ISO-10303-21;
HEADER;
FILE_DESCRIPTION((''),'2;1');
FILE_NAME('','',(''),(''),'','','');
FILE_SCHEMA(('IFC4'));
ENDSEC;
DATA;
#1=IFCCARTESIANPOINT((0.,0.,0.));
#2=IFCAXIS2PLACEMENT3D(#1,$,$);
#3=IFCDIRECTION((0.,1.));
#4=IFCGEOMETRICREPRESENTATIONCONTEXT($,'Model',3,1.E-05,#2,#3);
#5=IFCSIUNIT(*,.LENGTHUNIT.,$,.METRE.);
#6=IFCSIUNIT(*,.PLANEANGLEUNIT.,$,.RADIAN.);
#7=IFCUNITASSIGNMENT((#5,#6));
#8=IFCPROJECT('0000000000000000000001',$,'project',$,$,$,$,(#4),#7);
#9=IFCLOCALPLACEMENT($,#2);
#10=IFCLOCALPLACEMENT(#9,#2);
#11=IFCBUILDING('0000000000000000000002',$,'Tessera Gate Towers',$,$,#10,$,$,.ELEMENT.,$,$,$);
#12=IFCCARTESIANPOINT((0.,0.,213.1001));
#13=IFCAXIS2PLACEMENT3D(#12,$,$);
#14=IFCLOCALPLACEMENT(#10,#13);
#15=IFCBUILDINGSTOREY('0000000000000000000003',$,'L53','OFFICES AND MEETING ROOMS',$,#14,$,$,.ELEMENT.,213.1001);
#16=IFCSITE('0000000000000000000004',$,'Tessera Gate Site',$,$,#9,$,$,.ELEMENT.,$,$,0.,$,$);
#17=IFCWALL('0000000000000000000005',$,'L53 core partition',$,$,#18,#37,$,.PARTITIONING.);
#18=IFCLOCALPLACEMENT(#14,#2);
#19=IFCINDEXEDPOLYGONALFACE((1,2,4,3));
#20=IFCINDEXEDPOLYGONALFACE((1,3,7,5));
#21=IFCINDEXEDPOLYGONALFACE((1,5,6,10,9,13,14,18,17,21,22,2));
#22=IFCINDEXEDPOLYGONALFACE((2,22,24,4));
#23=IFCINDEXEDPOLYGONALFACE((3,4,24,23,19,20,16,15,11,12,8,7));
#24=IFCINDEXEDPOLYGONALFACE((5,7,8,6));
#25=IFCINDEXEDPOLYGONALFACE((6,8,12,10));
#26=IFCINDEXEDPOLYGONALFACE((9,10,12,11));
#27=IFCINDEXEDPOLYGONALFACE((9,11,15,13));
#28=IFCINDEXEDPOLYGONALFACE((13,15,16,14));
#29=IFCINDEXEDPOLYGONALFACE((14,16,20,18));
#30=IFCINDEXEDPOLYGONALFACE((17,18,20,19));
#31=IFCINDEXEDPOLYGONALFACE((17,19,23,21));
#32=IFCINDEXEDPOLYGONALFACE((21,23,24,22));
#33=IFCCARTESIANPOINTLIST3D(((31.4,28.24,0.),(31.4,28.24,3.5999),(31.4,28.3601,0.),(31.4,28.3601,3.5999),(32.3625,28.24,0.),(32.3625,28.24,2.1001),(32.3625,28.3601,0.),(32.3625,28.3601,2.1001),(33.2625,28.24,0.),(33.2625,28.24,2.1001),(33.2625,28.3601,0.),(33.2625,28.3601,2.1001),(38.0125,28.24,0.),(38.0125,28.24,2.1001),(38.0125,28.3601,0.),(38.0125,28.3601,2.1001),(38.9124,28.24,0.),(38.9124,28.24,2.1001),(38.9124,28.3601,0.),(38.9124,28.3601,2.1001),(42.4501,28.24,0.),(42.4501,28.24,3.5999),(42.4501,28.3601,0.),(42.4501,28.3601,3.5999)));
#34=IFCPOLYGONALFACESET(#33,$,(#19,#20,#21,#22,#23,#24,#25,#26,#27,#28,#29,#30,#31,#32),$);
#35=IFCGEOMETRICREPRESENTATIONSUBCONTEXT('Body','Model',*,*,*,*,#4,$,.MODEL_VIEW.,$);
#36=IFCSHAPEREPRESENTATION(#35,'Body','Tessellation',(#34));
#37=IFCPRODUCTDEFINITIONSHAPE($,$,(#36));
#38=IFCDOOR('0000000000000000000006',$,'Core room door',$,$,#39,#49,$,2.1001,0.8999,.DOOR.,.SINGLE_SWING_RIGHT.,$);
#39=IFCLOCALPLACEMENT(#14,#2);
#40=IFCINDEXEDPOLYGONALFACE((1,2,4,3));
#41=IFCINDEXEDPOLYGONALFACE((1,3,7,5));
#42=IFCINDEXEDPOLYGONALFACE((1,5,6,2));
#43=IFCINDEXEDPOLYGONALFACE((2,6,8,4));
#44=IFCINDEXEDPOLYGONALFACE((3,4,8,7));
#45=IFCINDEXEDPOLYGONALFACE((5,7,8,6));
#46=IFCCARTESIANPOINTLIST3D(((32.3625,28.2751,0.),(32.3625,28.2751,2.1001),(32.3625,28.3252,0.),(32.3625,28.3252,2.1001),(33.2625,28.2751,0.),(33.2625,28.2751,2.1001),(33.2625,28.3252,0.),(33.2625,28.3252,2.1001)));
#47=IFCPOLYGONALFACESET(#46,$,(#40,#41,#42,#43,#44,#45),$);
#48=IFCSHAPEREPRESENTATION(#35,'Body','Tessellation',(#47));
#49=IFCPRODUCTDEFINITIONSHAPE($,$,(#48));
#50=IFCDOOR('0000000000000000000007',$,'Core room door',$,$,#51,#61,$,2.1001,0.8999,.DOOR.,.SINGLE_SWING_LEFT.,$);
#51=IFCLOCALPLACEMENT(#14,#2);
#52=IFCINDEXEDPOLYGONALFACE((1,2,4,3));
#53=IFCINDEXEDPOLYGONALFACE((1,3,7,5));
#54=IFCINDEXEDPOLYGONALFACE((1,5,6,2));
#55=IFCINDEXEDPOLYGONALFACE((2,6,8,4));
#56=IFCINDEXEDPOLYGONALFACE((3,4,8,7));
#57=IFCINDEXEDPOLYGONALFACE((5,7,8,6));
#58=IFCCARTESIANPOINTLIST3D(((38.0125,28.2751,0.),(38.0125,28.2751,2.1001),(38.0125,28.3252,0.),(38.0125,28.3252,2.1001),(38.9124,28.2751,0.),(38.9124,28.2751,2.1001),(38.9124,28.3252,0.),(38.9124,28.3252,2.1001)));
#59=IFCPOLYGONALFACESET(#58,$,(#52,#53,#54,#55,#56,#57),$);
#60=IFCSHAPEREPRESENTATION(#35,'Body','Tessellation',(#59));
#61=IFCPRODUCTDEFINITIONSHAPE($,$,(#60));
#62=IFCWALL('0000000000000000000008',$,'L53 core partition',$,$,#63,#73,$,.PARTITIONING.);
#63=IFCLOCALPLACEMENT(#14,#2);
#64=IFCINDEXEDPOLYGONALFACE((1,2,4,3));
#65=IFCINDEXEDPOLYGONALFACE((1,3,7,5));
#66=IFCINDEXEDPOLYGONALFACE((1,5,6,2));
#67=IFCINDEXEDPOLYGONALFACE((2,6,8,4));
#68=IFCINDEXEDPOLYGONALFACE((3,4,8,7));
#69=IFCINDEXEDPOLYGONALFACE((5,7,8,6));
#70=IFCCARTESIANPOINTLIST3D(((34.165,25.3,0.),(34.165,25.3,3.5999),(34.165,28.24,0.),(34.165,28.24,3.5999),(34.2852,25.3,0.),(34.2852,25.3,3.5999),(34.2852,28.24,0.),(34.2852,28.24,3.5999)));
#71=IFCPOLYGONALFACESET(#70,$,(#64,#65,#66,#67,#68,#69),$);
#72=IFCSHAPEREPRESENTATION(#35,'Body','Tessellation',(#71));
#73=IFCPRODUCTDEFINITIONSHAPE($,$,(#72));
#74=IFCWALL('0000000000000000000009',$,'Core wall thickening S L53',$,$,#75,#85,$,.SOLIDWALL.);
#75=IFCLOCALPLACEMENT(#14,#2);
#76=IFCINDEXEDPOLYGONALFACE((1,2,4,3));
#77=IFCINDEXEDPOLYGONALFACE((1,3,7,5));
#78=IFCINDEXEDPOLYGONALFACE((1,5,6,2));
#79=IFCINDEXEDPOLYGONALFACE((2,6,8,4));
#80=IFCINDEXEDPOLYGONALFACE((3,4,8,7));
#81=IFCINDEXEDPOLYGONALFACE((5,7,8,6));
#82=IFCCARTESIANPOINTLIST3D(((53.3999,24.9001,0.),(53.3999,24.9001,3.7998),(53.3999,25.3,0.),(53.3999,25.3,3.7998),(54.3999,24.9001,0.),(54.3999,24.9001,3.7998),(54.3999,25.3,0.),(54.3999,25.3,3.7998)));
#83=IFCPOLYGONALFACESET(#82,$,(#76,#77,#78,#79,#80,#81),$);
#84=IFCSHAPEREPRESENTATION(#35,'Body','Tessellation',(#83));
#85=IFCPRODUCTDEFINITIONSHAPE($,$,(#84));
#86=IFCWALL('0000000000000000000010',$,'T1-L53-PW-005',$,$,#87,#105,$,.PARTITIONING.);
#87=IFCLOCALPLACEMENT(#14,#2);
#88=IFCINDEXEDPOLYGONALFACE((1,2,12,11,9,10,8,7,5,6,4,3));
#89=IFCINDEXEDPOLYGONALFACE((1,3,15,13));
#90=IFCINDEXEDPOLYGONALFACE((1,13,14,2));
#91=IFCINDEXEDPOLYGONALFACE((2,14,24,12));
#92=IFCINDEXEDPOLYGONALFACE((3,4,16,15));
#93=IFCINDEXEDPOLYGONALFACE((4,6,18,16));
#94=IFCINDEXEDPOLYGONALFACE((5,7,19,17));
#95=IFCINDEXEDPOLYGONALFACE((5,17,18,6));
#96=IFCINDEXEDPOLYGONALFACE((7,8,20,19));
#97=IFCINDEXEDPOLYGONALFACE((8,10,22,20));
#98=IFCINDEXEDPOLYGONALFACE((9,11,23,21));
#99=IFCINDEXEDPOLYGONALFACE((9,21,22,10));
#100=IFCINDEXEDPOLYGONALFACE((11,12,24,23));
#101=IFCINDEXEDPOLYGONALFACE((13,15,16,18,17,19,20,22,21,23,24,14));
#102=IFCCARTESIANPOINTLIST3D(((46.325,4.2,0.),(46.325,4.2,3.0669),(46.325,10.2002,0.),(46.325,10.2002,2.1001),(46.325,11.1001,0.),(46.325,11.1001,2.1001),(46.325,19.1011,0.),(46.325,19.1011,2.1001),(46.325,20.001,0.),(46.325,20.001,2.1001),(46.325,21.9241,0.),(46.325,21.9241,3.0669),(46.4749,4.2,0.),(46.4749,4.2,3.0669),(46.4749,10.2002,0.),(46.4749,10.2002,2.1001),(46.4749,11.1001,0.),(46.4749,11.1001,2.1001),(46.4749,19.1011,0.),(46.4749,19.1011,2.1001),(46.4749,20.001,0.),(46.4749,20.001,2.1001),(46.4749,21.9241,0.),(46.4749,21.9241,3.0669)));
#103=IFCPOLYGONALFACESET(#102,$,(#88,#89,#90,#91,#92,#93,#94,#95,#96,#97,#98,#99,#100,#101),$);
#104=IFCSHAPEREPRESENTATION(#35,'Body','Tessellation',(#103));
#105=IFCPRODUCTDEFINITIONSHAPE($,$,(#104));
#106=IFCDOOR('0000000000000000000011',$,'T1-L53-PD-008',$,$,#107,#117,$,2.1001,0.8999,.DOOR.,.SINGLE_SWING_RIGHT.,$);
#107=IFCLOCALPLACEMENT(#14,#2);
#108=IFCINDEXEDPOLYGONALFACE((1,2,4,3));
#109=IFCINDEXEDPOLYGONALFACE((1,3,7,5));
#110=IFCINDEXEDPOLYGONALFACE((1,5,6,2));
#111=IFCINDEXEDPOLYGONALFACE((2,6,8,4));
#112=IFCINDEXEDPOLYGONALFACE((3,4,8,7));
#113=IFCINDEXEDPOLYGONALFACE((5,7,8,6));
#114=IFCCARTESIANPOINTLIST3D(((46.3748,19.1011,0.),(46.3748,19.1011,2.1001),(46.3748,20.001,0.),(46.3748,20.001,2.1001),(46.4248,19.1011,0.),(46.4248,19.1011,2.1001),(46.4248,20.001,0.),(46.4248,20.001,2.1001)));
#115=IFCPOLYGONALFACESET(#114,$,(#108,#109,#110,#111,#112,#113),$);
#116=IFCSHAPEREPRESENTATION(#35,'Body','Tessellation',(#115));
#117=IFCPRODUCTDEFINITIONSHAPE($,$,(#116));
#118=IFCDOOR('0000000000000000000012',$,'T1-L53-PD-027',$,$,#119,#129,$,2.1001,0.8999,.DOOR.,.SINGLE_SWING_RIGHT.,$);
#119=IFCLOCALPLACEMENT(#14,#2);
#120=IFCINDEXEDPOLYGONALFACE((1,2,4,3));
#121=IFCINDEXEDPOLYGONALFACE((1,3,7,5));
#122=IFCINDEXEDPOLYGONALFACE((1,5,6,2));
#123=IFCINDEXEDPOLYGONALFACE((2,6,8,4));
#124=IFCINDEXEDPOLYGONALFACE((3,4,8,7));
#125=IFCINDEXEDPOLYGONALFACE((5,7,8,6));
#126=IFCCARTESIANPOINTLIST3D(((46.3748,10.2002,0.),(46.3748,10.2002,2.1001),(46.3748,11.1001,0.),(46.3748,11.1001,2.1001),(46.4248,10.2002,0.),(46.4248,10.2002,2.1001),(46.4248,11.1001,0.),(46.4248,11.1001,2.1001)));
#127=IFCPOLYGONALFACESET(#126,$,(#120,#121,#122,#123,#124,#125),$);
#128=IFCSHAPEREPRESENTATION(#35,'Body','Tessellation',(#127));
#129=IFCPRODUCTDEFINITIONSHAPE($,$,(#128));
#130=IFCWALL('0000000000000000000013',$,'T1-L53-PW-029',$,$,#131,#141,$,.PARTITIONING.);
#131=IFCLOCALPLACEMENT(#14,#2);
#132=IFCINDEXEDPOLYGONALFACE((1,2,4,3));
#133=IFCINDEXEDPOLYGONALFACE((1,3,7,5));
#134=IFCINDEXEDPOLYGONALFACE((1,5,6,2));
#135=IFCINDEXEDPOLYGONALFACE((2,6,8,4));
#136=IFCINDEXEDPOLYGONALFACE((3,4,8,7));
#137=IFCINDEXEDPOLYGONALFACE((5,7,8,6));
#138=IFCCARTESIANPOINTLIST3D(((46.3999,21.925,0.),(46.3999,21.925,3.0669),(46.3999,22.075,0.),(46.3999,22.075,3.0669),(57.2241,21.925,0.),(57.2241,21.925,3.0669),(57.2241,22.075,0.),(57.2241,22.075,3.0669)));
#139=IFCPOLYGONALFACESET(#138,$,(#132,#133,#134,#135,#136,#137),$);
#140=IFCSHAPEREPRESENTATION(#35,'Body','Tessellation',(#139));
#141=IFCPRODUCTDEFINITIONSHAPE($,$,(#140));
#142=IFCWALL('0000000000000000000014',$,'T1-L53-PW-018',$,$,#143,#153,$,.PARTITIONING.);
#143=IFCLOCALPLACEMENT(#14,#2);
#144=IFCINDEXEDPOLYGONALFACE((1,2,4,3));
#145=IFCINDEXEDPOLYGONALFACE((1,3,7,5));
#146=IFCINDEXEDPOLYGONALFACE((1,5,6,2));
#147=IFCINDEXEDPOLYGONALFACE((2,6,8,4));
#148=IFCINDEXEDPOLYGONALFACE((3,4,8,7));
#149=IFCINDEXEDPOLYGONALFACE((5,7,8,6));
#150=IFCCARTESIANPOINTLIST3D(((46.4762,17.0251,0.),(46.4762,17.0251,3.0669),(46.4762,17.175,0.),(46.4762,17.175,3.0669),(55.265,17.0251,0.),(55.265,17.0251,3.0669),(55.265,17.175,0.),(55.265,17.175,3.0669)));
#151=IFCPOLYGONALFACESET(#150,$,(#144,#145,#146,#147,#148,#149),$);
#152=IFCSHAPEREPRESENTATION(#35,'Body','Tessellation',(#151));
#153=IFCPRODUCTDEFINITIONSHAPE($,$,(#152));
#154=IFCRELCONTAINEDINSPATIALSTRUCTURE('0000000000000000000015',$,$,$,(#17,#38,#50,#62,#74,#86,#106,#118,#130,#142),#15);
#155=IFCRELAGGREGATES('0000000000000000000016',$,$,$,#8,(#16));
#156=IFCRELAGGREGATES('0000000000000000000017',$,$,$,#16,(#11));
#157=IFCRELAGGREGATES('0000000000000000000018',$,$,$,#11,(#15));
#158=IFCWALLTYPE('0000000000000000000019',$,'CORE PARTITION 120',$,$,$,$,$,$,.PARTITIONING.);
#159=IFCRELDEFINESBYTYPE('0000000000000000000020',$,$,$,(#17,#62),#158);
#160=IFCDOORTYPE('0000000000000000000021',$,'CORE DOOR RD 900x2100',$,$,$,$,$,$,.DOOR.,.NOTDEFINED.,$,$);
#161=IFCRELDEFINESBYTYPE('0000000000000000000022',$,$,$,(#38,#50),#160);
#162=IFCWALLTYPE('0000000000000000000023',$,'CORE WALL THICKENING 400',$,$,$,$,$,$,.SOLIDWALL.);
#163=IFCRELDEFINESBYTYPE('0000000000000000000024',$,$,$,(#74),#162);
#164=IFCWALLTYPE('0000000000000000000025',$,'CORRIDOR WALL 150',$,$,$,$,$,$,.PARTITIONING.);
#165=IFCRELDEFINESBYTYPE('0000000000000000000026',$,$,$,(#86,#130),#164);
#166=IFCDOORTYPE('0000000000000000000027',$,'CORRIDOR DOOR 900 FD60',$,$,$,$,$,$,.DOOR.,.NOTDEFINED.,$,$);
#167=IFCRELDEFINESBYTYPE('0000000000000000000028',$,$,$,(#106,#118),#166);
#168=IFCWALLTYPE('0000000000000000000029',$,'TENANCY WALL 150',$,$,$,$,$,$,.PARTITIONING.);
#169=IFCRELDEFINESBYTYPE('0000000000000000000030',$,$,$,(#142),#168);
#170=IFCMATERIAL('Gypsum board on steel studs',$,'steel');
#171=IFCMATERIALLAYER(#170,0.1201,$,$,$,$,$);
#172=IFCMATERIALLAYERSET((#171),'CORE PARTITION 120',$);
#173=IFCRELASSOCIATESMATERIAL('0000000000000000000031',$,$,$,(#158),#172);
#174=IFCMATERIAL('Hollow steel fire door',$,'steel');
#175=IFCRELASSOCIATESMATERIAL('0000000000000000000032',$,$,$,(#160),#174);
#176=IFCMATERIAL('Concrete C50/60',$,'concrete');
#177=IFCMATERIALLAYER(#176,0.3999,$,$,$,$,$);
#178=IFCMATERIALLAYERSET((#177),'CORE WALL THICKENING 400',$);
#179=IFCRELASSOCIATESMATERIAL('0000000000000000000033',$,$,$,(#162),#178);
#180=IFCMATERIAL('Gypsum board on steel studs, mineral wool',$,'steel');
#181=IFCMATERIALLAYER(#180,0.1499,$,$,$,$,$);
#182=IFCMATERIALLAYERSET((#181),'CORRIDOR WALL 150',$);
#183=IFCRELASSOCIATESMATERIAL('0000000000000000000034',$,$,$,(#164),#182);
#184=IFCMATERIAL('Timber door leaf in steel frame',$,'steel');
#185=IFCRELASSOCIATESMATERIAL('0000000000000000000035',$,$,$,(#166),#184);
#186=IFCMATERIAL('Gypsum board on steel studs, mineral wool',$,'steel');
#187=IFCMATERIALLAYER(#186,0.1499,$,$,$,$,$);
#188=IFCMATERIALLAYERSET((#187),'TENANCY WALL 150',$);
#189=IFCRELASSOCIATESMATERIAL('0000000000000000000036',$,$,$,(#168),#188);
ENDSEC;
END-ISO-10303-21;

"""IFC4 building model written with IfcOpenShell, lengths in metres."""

from ifc_helpers import new_model, si_unit, direction, frame, frame_2d, origin, place, context, subcontext, project, spatial, rectangle, extrude, source, transform, mapped, material, layer, layer_set, type_object, element, fill, save


model = new_model("IFC4")

# Units and contexts
model_context = context("Model", 3, precision=1e-05, world=origin(), true_north=direction((0.0, 1.0)))
body_context = subcontext(model_context, "Body", "Model", "MODEL_VIEW")
ifc_project = project(units=[si_unit("LENGTHUNIT", "METRE"), si_unit("PLANEANGLEUNIT", "RADIAN")], contexts=[model_context])

# Site, building, storey
site_placement = place(None, origin())
site = spatial("IfcSite", under=ifc_project, at=site_placement, Name="Tessera Gate Site", CompositionType="ELEMENT", RefElevation=0.0)
building_placement = place(site_placement, origin())
building = spatial("IfcBuilding", under=site, at=building_placement, Name="Tessera Gate Towers", CompositionType="ELEMENT")
storey_placement = place(building_placement, frame((0.0, 0.0, 213.1001)))
storey = spatial("IfcBuildingStorey", under=building, at=storey_placement, Name="L53", Description="OFFICES AND MEETING ROOMS", CompositionType="ELEMENT", Elevation=213.1001)

# Wall, openings, doors
ifc_material_1 = material(Name="Gypsum board on steel studs", Category="steel")
ifc_layer_1 = layer(ifc_material_1, 0.1201)
ifc_layer_set_1 = layer_set([ifc_layer_1], Name="CORE PARTITION 120")
wall_type_1 = type_object("IfcWallType", Name="CORE PARTITION 120", PredefinedType="PARTITIONING", material=ifc_layer_set_1)
wall_1_placement = place(storey_placement, frame((42.45, 28.3, 0.0), z_axis=(0.0, 0.0, 1.0), x_axis=(-1.0, 0.0, 0.0)))
wall_1 = element("IfcWall", 1, at=wall_1_placement, inside=storey, type_object=wall_type_1, Name="L53 core partition", PredefinedType="PARTITIONING", context=body_context, shape_type="SweptSolid", body=[
    extrude(rectangle(XDim=11.05, YDim=0.1201, at=frame_2d((5.5249, 0.0))), origin(), (0.0, 0.0, 1.0), 3.5999),
])
shared_shape_1 = source(origin(), body_context, "Body", "SweptSolid", [
    extrude(rectangle(XDim=0.8999, YDim=2.1001, at=frame_2d((0.45, 1.05))), frame((0.0, 0.0701, 0.0), z_axis=(0.0, -1.0, 0.0), x_axis=(1.0, 0.0, 0.0)), (0.0, 0.0, 1.0), 0.1401),
])
opening_1_placement = place(wall_1_placement, frame((9.1875, 0.0, 0.0)))
opening_1 = element("IfcOpeningElement", 2, at=opening_1_placement, cuts=wall_1, PredefinedType="OPENING", context=body_context, shape_type="MappedRepresentation", body=[
    mapped(shared_shape_1, transform((0.0, 0.0, 0.0), scale=1.0)),
])
opening_2_placement = place(wall_1_placement, frame((3.5376, 0.0, 0.0)))
opening_2 = element("IfcOpeningElement", 3, at=opening_2_placement, cuts=wall_1, PredefinedType="OPENING", context=body_context, shape_type="MappedRepresentation", body=[
    mapped(shared_shape_1, transform((0.0, 0.0, 0.0), scale=1.0)),
])
ifc_material_2 = material(Name="Hollow steel fire door", Category="steel")
door_type_1 = type_object("IfcDoorType", Name="CORE DOOR RD 900x2100", OperationType="NOTDEFINED", PredefinedType="DOOR", material=ifc_material_2)
shared_shape_2 = source(origin(), body_context, "Body", "SweptSolid", [
    extrude(rectangle(XDim=0.8999, YDim=2.1001, at=frame_2d((0.45, 1.05))), frame((0.0, 0.0249, 0.0), z_axis=(0.0, -1.0, 0.0), x_axis=(1.0, 0.0, 0.0)), (0.0, 0.0, 1.0), 0.05),
])
door_1_placement = place(opening_1_placement, origin())
door_1 = element("IfcDoor", 4, at=door_1_placement, inside=storey, type_object=door_type_1, Name="Core room door", OperationType="SINGLE_SWING_RIGHT", OverallHeight=2.1001, OverallWidth=0.8999, PredefinedType="DOOR", context=body_context, shape_type="MappedRepresentation", body=[
    mapped(shared_shape_2, transform((0.0, 0.0, 0.0), scale=1.0)),
])
fill(opening_1, door_1)
door_2_placement = place(opening_2_placement, origin())
door_2 = element("IfcDoor", 5, at=door_2_placement, inside=storey, type_object=door_type_1, Name="Core room door", OperationType="SINGLE_SWING_LEFT", OverallHeight=2.1001, OverallWidth=0.8999, PredefinedType="DOOR", context=body_context, shape_type="MappedRepresentation", body=[
    mapped(shared_shape_2, transform((0.0, 0.0, 0.0), scale=1.0)),
])
fill(opening_2, door_2)

# Walls
wall_2_placement = place(storey_placement, frame((34.2251, 25.3, 0.0), z_axis=(0.0, 0.0, 1.0), x_axis=(0.0, 1.0, 0.0)))
element("IfcWall", 6, at=wall_2_placement, inside=storey, type_object=wall_type_1, Name="L53 core partition", PredefinedType="PARTITIONING", context=body_context, shape_type="SweptSolid", body=[
    extrude(rectangle(XDim=2.9399, YDim=0.1201, at=frame_2d((1.47, 0.0))), origin(), (0.0, 0.0, 1.0), 3.5999),
])
ifc_material_3 = material(Name="Concrete C50/60", Category="concrete")
ifc_layer_2 = layer(ifc_material_3, 0.3999)
ifc_layer_set_2 = layer_set([ifc_layer_2], Name="CORE WALL THICKENING 400")
wall_type_2 = type_object("IfcWallType", Name="CORE WALL THICKENING 400", PredefinedType="SOLIDWALL", material=ifc_layer_set_2)
wall_3_placement = place(storey_placement, frame((53.3999, 25.1001, 0.0), z_axis=(0.0, 0.0, 1.0), x_axis=(1.0, 0.0, 0.0)))
element("IfcWall", 7, at=wall_3_placement, inside=storey, type_object=wall_type_2, Name="Core wall thickening S L53", PredefinedType="SOLIDWALL", context=body_context, shape_type="SweptSolid", body=[
    extrude(rectangle(XDim=1.0, YDim=0.3999, at=frame_2d((0.5, 0.0))), origin(), (0.0, 0.0, 1.0), 3.7998),
])

# Wall, openings, doors
ifc_material_4 = material(Name="Gypsum board on steel studs, mineral wool", Category="steel")
ifc_layer_3 = layer(ifc_material_4, 0.1499)
ifc_layer_set_3 = layer_set([ifc_layer_3], Name="CORRIDOR WALL 150")
wall_type_3 = type_object("IfcWallType", Name="CORRIDOR WALL 150", PredefinedType="PARTITIONING", material=ifc_layer_set_3)
wall_4_placement = place(storey_placement, frame((46.3999, 21.9241, 0.0), z_axis=(0.0, 0.0, 1.0), x_axis=(0.0, -1.0, 0.0)))
wall_4 = element("IfcWall", 8, at=wall_4_placement, inside=storey, type_object=wall_type_3, Name="T1-L53-PW-005", PredefinedType="PARTITIONING", context=body_context, shape_type="SweptSolid", body=[
    extrude(rectangle(XDim=17.7241, YDim=0.1499, at=frame_2d((8.8621, 0.0))), origin(), (0.0, 0.0, 1.0), 3.0669),
])
shared_shape_3 = source(origin(), body_context, "Body", "SweptSolid", [
    extrude(rectangle(XDim=0.8999, YDim=2.1001, at=frame_2d((0.45, 1.05))), frame((0.0, 0.085, 0.0), z_axis=(0.0, -1.0, 0.0), x_axis=(1.0, 0.0, 0.0)), (0.0, 0.0, 1.0), 0.1699),
])
opening_3_placement = place(wall_4_placement, frame((1.9231, 0.0, 0.0)))
opening_3 = element("IfcOpeningElement", 9, at=opening_3_placement, cuts=wall_4, PredefinedType="OPENING", context=body_context, shape_type="MappedRepresentation", body=[
    mapped(shared_shape_3, transform((0.0, 0.0, 0.0), scale=1.0)),
])
opening_4_placement = place(wall_4_placement, frame((10.824, 0.0, 0.0)))
opening_4 = element("IfcOpeningElement", 10, at=opening_4_placement, cuts=wall_4, PredefinedType="OPENING", context=body_context, shape_type="MappedRepresentation", body=[
    mapped(shared_shape_3, transform((0.0, 0.0, 0.0), scale=1.0)),
])
ifc_material_5 = material(Name="Timber door leaf in steel frame", Category="steel")
door_type_2 = type_object("IfcDoorType", Name="CORRIDOR DOOR 900 FD60", OperationType="NOTDEFINED", PredefinedType="DOOR", material=ifc_material_5)
door_3_placement = place(opening_3_placement, origin())
door_3 = element("IfcDoor", 11, at=door_3_placement, inside=storey, type_object=door_type_2, Name="T1-L53-PD-008", OperationType="SINGLE_SWING_RIGHT", OverallHeight=2.1001, OverallWidth=0.8999, PredefinedType="DOOR", context=body_context, shape_type="MappedRepresentation", body=[
    mapped(shared_shape_2, transform((0.0, 0.0, 0.0), scale=1.0)),
])
fill(opening_3, door_3)
door_4_placement = place(opening_4_placement, origin())
door_4 = element("IfcDoor", 12, at=door_4_placement, inside=storey, type_object=door_type_2, Name="T1-L53-PD-027", OperationType="SINGLE_SWING_RIGHT", OverallHeight=2.1001, OverallWidth=0.8999, PredefinedType="DOOR", context=body_context, shape_type="MappedRepresentation", body=[
    mapped(shared_shape_2, transform((0.0, 0.0, 0.0), scale=1.0)),
])
fill(opening_4, door_4)

# Walls
wall_5_placement = place(storey_placement, frame((46.3999, 22.0, 0.0), z_axis=(0.0, 0.0, 1.0), x_axis=(1.0, 0.0, 0.0)))
element("IfcWall", 13, at=wall_5_placement, inside=storey, type_object=wall_type_3, Name="T1-L53-PW-029", PredefinedType="PARTITIONING", context=body_context, shape_type="SweptSolid", body=[
    extrude(rectangle(XDim=10.8242, YDim=0.1499, at=frame_2d((5.4121, 0.0))), origin(), (0.0, 0.0, 1.0), 3.0669),
])
ifc_material_6 = material(Name="Gypsum board on steel studs, mineral wool", Category="steel")
ifc_layer_4 = layer(ifc_material_6, 0.1499)
ifc_layer_set_4 = layer_set([ifc_layer_4], Name="TENANCY WALL 150")
wall_type_4 = type_object("IfcWallType", Name="TENANCY WALL 150", PredefinedType="PARTITIONING", material=ifc_layer_set_4)
wall_6_placement = place(storey_placement, frame((46.4761, 17.1001, 0.0), z_axis=(0.0, 0.0, 1.0), x_axis=(1.0, 0.0, 0.0)))
element("IfcWall", 14, at=wall_6_placement, inside=storey, type_object=wall_type_4, Name="T1-L53-PW-018", PredefinedType="PARTITIONING", context=body_context, shape_type="SweptSolid", body=[
    extrude(rectangle(XDim=8.7888, YDim=0.1499, at=frame_2d((4.3945, 0.0))), origin(), (0.0, 0.0, 1.0), 3.0669),
])

save(model, "model.ifc")
